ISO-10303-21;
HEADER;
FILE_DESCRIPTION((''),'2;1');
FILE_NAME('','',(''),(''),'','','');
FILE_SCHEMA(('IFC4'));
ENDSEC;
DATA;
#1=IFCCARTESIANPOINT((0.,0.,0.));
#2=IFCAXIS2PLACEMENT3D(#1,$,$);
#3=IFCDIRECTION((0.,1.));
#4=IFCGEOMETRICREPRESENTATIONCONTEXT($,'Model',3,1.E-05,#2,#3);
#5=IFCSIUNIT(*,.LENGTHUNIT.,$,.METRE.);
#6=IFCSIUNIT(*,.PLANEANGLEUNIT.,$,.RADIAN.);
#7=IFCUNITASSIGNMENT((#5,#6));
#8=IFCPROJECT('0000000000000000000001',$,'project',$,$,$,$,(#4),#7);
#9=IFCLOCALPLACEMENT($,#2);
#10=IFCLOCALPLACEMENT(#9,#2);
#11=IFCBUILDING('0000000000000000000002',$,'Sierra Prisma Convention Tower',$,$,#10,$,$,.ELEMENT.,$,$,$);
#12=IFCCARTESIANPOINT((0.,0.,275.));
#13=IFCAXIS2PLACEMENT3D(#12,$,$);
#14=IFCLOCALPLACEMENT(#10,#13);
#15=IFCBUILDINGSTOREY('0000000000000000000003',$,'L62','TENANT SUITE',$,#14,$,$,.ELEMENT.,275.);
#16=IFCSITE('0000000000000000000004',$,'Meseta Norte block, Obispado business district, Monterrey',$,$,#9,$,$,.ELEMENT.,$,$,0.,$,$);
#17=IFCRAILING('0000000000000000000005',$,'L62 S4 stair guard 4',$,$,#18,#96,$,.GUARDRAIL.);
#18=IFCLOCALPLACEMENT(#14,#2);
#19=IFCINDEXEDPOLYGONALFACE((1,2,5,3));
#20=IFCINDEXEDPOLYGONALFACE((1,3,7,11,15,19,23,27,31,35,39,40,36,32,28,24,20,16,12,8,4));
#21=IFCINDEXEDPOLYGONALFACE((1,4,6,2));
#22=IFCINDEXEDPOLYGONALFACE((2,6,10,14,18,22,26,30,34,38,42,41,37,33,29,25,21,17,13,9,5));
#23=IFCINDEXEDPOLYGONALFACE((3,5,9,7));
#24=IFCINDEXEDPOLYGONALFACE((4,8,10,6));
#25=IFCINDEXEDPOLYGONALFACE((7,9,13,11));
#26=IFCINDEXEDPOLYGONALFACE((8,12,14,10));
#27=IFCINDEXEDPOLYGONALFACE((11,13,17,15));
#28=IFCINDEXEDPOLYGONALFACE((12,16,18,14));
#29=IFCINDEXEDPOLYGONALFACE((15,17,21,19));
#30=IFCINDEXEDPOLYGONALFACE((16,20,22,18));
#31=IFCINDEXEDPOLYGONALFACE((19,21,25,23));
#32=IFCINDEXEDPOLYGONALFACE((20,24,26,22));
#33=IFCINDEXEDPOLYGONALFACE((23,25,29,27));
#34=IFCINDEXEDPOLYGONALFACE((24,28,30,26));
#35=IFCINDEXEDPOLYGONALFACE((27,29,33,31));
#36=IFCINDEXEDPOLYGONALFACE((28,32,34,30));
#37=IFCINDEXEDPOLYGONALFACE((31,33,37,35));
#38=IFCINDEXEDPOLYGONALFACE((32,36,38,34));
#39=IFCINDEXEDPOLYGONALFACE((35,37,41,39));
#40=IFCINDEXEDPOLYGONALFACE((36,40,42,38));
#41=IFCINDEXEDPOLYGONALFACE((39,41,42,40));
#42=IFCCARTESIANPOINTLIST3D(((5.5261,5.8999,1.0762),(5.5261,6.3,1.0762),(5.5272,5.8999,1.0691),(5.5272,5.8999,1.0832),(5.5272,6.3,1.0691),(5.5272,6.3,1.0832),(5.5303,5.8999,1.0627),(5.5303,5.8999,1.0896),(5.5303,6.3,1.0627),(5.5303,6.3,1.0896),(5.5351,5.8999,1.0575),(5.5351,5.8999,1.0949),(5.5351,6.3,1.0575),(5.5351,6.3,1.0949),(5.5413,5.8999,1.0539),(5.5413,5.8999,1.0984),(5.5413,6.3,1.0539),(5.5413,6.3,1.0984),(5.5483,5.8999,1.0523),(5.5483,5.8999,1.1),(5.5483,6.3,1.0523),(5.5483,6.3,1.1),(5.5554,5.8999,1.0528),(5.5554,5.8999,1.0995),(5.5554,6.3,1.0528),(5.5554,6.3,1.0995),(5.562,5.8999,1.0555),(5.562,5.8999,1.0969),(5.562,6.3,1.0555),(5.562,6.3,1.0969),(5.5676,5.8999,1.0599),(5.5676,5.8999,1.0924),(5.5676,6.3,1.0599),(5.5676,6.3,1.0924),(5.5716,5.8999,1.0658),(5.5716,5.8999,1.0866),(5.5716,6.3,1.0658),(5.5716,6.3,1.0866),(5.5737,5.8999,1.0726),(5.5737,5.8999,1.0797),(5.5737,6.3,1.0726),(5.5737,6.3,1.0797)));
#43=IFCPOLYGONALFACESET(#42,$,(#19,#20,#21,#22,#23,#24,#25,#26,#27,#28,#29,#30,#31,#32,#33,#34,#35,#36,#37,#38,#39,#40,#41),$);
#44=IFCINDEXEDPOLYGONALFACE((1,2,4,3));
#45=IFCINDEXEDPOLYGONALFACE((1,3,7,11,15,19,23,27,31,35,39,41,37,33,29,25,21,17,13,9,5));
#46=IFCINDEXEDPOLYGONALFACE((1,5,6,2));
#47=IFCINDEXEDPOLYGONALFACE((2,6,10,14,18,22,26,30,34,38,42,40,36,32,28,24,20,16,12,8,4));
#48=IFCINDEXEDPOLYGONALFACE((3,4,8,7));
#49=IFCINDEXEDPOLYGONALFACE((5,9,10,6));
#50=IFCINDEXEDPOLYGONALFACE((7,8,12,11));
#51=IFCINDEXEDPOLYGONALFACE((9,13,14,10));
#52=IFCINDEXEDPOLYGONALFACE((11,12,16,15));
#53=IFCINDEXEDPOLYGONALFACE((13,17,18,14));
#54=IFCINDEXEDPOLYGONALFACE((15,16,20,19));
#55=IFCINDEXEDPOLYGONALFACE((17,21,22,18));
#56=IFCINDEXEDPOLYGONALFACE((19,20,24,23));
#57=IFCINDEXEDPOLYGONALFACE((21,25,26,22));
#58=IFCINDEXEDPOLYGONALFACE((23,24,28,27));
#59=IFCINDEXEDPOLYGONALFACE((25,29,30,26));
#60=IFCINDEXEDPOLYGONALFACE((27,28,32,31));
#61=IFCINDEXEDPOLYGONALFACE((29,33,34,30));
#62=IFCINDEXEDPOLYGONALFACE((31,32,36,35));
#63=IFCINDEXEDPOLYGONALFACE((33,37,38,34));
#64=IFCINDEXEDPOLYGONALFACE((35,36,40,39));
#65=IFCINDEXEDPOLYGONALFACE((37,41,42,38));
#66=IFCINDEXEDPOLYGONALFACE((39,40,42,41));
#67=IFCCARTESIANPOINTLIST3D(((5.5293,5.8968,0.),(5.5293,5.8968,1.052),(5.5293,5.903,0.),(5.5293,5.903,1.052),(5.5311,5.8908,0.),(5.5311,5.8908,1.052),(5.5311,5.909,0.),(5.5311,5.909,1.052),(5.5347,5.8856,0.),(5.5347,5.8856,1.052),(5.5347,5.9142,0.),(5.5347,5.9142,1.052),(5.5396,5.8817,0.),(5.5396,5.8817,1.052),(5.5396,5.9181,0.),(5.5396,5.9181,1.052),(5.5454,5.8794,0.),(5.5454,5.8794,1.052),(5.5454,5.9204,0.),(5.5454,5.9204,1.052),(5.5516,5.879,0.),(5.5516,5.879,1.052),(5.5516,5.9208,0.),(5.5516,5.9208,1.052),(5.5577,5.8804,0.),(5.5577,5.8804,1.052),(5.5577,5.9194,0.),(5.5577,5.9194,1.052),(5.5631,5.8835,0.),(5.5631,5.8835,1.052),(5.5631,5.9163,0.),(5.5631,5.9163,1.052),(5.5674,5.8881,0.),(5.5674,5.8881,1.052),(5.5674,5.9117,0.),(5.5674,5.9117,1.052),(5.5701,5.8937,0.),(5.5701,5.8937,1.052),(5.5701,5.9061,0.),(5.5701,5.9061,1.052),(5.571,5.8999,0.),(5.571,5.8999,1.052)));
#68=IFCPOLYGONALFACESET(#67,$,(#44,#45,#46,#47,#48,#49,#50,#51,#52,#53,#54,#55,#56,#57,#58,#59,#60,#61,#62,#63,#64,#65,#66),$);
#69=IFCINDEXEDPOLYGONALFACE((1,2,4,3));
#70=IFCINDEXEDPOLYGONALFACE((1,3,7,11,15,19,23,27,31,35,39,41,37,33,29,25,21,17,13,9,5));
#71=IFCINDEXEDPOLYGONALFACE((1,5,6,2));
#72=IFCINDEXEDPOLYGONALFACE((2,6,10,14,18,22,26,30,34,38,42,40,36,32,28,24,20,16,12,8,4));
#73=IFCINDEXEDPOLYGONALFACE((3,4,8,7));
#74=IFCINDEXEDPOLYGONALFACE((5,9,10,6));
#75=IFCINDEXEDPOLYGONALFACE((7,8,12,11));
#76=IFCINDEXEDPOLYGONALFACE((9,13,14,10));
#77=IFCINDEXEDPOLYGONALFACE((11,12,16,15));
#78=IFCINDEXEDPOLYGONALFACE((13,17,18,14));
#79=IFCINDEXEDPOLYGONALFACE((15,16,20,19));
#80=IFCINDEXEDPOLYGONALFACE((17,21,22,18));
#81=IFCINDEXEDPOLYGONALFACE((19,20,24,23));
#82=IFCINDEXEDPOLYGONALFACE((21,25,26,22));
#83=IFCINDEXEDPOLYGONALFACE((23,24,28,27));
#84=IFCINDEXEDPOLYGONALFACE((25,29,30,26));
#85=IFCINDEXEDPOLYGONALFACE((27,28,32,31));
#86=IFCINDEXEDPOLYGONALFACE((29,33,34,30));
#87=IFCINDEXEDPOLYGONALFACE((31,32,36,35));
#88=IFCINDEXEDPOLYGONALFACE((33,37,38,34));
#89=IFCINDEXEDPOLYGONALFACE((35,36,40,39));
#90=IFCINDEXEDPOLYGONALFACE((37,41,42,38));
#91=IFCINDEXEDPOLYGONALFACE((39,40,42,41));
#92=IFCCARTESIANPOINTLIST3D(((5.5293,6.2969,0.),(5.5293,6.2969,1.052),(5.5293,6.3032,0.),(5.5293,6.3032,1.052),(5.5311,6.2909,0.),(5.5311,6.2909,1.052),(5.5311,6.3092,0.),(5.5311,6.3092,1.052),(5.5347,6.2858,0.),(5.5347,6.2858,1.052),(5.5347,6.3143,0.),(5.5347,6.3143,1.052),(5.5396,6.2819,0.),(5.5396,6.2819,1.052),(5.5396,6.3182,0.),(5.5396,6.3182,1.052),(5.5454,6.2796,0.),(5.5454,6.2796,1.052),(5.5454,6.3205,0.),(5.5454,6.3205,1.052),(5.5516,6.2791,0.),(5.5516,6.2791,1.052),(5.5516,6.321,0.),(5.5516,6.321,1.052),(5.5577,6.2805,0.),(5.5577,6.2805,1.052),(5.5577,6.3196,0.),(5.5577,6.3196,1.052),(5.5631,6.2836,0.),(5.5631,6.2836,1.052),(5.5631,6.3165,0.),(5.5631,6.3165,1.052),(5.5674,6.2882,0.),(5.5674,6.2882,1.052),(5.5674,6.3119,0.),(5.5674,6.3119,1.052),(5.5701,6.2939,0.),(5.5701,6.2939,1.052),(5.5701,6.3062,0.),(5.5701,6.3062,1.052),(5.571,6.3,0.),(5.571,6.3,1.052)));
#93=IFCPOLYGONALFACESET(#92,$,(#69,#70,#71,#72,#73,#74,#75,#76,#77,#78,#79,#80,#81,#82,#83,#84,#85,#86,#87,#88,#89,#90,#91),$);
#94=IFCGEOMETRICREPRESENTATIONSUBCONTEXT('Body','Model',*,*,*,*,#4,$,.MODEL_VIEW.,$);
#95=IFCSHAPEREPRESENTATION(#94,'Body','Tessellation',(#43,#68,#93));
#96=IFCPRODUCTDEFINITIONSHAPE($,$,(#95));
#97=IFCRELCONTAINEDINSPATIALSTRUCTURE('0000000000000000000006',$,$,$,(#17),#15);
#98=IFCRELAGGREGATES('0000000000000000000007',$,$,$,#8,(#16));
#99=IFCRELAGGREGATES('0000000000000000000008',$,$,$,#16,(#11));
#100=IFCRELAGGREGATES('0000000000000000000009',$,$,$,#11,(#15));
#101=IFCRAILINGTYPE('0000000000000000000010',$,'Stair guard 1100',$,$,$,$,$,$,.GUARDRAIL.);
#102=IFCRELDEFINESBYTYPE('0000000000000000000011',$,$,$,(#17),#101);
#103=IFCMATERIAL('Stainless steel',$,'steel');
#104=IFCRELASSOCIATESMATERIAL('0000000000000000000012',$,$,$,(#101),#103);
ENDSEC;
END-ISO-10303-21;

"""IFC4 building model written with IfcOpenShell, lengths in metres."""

from ifc_helpers import new_model, si_unit, direction, frame, origin, origin_2d, place, context, subcontext, project, spatial, circle, extrude, material, type_object, element, save


model = new_model("IFC4")

# Units and contexts
model_context = context("Model", 3, precision=1e-05, world=origin(), true_north=direction((0.0, 1.0)))
body_context = subcontext(model_context, "Body", "Model", "MODEL_VIEW")
ifc_project = project(units=[si_unit("LENGTHUNIT", "METRE"), si_unit("PLANEANGLEUNIT", "RADIAN")], contexts=[model_context])

# Site, building, storey
site_placement = place(None, origin())
site = spatial("IfcSite", under=ifc_project, at=site_placement, Name="Meseta Norte block, Obispado business district, Monterrey", CompositionType="ELEMENT", RefElevation=0.0)
building_placement = place(site_placement, origin())
building = spatial("IfcBuilding", under=site, at=building_placement, Name="Sierra Prisma Convention Tower", CompositionType="ELEMENT")
storey_placement = place(building_placement, frame((0.0, 0.0, 275.0)))
storey = spatial("IfcBuildingStorey", under=building, at=storey_placement, Name="L62", Description="TENANT SUITE", CompositionType="ELEMENT", Elevation=275.0)

# Railing
ifc_material_1 = material(Name="Stainless steel", Category="steel")
railing_type_1 = type_object("IfcRailingType", Name="Stair guard 1100", PredefinedType="GUARDRAIL", material=ifc_material_1)
railing_1_placement = place(storey_placement, frame((5.55, 5.8999, 0.0)))
element("IfcRailing", 1, at=railing_1_placement, inside=storey, type_object=railing_type_1, Name="L62 S4 stair guard 4", PredefinedType="GUARDRAIL", context=body_context, shape_type="SweptSolid", body=[
    extrude(circle(Radius=0.0239, at=origin_2d()), frame((0.0, 0.0, 1.0762), z_axis=(0.0, 1.0, 0.0), x_axis=(-1.0, 0.0, 0.0)), (0.0, 0.0, 1.0), 0.4001),
    extrude(circle(Radius=0.021, at=origin_2d()), origin(), (0.0, 0.0, 1.0), 1.052),
    extrude(circle(Radius=0.021, at=origin_2d()), frame((0.0, 0.4001, 0.0)), (0.0, 0.0, 1.0), 1.052),
])

save(model, "model.ifc")
